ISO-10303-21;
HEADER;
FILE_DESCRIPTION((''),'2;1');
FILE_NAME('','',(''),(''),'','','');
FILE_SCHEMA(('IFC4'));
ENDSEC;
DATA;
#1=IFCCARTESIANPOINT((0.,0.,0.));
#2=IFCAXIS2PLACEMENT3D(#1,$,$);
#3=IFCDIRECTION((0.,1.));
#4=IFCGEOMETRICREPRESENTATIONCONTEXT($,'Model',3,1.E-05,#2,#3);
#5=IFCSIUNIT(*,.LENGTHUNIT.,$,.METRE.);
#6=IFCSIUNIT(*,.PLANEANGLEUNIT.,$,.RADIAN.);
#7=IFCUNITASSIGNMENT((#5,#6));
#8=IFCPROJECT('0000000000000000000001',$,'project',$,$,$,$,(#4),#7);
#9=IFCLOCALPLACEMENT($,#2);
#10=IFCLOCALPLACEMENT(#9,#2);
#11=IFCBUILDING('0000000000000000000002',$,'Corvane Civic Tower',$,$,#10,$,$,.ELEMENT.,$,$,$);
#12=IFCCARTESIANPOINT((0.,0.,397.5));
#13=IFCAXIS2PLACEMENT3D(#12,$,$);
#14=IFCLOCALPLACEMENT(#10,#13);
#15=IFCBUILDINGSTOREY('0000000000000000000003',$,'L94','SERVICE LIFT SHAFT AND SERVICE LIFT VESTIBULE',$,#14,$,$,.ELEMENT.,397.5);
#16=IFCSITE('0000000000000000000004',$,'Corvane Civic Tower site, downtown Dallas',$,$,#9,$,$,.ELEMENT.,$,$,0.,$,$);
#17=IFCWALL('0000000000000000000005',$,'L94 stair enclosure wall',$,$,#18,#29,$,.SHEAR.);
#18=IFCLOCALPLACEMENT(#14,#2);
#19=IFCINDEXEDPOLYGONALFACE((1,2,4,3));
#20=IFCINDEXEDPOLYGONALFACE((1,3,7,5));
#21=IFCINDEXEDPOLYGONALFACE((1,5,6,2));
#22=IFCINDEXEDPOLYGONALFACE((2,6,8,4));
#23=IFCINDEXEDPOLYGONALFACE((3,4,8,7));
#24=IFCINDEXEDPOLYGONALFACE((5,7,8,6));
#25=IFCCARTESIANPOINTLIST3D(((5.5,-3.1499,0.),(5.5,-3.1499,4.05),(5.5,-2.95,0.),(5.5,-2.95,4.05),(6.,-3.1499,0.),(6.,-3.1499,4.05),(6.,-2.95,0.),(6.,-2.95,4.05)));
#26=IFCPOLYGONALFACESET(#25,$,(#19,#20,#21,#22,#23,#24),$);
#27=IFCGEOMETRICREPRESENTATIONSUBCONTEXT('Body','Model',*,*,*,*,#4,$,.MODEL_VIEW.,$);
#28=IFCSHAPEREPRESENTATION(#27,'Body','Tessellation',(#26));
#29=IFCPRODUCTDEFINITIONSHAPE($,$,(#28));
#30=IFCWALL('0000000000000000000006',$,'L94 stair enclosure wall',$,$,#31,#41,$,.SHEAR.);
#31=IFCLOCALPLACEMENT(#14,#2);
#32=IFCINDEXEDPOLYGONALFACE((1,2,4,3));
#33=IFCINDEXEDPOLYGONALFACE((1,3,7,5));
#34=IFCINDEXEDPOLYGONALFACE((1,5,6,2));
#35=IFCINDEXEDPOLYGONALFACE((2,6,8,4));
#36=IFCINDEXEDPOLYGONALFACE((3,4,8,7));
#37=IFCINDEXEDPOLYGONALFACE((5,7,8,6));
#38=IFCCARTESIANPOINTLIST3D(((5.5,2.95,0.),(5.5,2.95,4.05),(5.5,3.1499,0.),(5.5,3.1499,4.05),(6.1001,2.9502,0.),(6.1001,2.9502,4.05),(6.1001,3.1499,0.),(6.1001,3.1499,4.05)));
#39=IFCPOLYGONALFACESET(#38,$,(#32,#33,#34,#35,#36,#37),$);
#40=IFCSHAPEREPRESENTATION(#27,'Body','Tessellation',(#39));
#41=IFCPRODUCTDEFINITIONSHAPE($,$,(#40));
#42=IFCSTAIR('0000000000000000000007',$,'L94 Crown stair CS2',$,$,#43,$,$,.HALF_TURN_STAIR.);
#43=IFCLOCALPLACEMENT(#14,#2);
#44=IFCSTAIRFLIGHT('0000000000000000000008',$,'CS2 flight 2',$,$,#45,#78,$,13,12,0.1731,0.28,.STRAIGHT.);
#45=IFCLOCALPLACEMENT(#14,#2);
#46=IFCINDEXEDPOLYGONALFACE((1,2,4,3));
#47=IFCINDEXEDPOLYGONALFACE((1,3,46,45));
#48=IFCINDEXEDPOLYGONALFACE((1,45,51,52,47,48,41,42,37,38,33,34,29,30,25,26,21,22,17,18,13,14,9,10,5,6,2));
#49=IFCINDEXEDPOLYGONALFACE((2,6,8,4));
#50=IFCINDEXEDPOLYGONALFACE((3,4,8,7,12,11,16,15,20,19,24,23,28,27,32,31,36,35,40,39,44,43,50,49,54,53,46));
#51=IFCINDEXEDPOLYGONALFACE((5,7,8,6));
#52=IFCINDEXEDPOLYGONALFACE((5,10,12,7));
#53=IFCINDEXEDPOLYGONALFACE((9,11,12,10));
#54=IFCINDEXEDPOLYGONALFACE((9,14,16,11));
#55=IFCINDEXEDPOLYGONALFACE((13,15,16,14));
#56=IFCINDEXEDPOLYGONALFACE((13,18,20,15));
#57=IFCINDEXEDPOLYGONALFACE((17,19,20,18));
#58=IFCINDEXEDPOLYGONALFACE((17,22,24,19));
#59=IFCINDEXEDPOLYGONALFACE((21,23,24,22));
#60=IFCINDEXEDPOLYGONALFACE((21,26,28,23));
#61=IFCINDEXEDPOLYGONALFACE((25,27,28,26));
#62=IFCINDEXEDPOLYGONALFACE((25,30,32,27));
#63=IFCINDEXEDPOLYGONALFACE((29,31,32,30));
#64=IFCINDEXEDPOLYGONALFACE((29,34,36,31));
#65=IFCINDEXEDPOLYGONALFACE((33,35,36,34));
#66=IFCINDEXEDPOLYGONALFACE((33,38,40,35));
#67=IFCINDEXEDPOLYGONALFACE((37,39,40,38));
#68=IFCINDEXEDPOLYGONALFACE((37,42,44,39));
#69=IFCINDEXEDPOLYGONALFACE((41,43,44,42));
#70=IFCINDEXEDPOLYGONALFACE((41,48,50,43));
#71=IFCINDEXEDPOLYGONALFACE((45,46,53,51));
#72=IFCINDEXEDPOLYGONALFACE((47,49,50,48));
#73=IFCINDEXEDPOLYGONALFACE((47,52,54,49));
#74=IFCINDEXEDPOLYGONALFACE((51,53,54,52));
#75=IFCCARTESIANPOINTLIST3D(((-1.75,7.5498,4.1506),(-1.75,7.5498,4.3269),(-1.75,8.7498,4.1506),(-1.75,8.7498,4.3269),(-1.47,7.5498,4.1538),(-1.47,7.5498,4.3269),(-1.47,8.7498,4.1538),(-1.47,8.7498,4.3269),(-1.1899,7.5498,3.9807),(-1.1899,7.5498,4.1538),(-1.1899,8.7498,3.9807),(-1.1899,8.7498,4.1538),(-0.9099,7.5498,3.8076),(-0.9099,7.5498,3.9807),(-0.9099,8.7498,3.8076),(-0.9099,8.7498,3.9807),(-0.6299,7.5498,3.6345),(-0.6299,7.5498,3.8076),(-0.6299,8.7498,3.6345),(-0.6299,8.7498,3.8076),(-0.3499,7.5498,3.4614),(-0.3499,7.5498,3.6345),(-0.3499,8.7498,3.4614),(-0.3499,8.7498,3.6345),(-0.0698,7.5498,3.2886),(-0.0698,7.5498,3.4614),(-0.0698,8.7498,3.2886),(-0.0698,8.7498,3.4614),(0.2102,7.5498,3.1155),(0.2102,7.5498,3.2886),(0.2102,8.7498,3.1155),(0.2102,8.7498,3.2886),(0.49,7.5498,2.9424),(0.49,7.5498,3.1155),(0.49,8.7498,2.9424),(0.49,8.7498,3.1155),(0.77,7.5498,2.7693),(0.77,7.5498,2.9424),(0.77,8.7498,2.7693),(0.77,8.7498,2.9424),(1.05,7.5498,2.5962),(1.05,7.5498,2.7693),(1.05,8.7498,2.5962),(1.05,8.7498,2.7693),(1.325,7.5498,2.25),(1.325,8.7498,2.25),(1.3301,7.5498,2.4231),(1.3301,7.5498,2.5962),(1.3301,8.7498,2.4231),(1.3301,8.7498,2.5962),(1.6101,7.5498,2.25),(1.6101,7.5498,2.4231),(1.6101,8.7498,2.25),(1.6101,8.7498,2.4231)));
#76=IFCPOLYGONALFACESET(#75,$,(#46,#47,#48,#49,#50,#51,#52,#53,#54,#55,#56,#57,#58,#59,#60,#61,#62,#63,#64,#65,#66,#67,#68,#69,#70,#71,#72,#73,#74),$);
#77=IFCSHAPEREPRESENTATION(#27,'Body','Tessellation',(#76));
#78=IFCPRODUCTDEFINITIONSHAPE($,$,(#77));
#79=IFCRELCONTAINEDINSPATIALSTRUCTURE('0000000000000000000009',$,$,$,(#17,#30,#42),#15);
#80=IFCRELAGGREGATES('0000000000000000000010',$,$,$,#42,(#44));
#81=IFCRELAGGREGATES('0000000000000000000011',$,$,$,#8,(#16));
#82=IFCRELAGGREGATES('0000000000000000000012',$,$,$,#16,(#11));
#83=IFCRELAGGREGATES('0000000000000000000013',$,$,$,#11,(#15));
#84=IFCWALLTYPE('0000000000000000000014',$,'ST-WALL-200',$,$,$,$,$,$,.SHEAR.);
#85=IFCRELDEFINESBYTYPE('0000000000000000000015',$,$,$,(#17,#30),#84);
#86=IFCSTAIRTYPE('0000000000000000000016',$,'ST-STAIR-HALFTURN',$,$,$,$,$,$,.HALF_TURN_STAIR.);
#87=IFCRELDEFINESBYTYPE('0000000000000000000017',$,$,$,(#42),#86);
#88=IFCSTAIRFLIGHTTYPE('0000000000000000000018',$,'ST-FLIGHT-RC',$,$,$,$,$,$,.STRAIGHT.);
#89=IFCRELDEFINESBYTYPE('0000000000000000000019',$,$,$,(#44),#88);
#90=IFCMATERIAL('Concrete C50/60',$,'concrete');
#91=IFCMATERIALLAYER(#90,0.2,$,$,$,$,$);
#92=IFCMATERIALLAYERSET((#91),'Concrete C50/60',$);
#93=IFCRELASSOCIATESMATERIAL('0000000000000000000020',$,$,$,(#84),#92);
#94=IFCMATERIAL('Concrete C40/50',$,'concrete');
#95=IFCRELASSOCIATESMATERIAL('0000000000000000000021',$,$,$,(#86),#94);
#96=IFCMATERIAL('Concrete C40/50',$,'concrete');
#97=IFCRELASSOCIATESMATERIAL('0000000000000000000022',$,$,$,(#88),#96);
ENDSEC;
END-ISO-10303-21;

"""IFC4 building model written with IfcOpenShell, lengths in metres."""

from ifc_helpers import new_model, si_unit, direction, frame, origin, place, context, subcontext, project, spatial, polyline, outline, extrude, material, layer, layer_set, type_object, element, aggregate, save


model = new_model("IFC4")

# Units and contexts
model_context = context("Model", 3, precision=1e-05, world=origin(), true_north=direction((0.0, 1.0)))
body_context = subcontext(model_context, "Body", "Model", "MODEL_VIEW")
ifc_project = project(units=[si_unit("LENGTHUNIT", "METRE"), si_unit("PLANEANGLEUNIT", "RADIAN")], contexts=[model_context])

# Site, building, storey
site_placement = place(None, origin())
site = spatial("IfcSite", under=ifc_project, at=site_placement, Name="Corvane Civic Tower site, downtown Dallas", CompositionType="ELEMENT", RefElevation=0.0)
building_placement = place(site_placement, origin())
building = spatial("IfcBuilding", under=site, at=building_placement, Name="Corvane Civic Tower", CompositionType="ELEMENT")
storey_placement = place(building_placement, frame((0.0, 0.0, 397.5)))
storey = spatial("IfcBuildingStorey", under=building, at=storey_placement, Name="L94", Description="SERVICE LIFT SHAFT AND SERVICE LIFT VESTIBULE", CompositionType="ELEMENT", Elevation=397.5)

# Walls
ifc_material_1 = material(Name="Concrete C50/60", Category="concrete")
ifc_layer_1 = layer(ifc_material_1, 0.2)
ifc_layer_set_1 = layer_set([ifc_layer_1], Name="Concrete C50/60")
wall_type = type_object("IfcWallType", Name="ST-WALL-200", PredefinedType="SHEAR", material=ifc_layer_set_1)
wall_1_placement = place(storey_placement, origin())
element("IfcWall", 1, at=wall_1_placement, inside=storey, type_object=wall_type, Name="L94 stair enclosure wall", PredefinedType="SHEAR", context=body_context, shape_type="SweptSolid", body=[
    extrude(outline(polyline([(5.5, -3.1499), (5.5, -2.95), (6.0, -2.95), (6.0, -3.1499), (5.5, -3.1499)])), origin(), (0.0, 0.0, 1.0), 4.05),
])
wall_2_placement = place(storey_placement, origin())
element("IfcWall", 2, at=wall_2_placement, inside=storey, type_object=wall_type, Name="L94 stair enclosure wall", PredefinedType="SHEAR", context=body_context, shape_type="SweptSolid", body=[
    extrude(outline(polyline([(6.1001, 2.9502), (5.5, 2.95), (5.5, 3.1499), (6.1001, 3.1499), (6.1001, 2.9502)])), origin(), (0.0, 0.0, 1.0), 4.05),
])

# Stair, stair flight
ifc_material_2 = material(Name="Concrete C40/50", Category="concrete")
stair_type = type_object("IfcStairType", Name="ST-STAIR-HALFTURN", PredefinedType="HALF_TURN_STAIR", material=ifc_material_2)
stair_placement = place(storey_placement, origin())
stair = element("IfcStair", 3, at=stair_placement, inside=storey, type_object=stair_type, Name="L94 Crown stair CS2", PredefinedType="HALF_TURN_STAIR")
ifc_material_3 = material(Name="Concrete C40/50", Category="concrete")
stair_flight_type = type_object("IfcStairFlightType", Name="ST-FLIGHT-RC", PredefinedType="STRAIGHT", material=ifc_material_3)
stair_flight_placement = place(storey_placement, frame((1.6101, 8.1499, 2.25), z_axis=(0.0, 0.0, 1.0), x_axis=(-1.0, 0.0, 0.0)))
stair_flight = element("IfcStairFlight", 4, at=stair_flight_placement, type_object=stair_flight_type, Name="CS2 flight 2", NumberOfRisers=13, NumberOfTreads=12, PredefinedType="STRAIGHT", RiserHeight=0.1731, TreadLength=0.28, context=body_context, shape_type="SweptSolid", body=[
    extrude(outline(polyline([(0.0, 0.0), (0.0, 0.1731), (0.28, 0.1731), (0.28, 0.3462), (0.5601, 0.3462), (0.5601, 0.5193), (0.8401, 0.5193), (0.8401, 0.6924), (1.1201, 0.6924), (1.1201, 0.8655), (1.3999, 0.8655), (1.3999, 1.0386), (1.6799, 1.0386), (1.6799, 1.2114), (1.96, 1.2114), (1.96, 1.3845), (2.24, 1.3845), (2.24, 1.5576), (2.52, 1.5576), (2.52, 1.7307), (2.8, 1.7307), (2.8, 1.9038), (3.0801, 1.9038), (3.0801, 2.0769), (3.3601, 2.0769), (3.3601, 2.25), (3.3601, 1.9006), (0.2852, 0.0), (0.0, 0.0)])), frame((0.0, 0.6001, 0.0), z_axis=(0.0, -1.0, 0.0), x_axis=(1.0, 0.0, 0.0)), (0.0, 0.0, 1.0), 1.2),
])
aggregate(stair, [stair_flight])

save(model, "model.ifc")
